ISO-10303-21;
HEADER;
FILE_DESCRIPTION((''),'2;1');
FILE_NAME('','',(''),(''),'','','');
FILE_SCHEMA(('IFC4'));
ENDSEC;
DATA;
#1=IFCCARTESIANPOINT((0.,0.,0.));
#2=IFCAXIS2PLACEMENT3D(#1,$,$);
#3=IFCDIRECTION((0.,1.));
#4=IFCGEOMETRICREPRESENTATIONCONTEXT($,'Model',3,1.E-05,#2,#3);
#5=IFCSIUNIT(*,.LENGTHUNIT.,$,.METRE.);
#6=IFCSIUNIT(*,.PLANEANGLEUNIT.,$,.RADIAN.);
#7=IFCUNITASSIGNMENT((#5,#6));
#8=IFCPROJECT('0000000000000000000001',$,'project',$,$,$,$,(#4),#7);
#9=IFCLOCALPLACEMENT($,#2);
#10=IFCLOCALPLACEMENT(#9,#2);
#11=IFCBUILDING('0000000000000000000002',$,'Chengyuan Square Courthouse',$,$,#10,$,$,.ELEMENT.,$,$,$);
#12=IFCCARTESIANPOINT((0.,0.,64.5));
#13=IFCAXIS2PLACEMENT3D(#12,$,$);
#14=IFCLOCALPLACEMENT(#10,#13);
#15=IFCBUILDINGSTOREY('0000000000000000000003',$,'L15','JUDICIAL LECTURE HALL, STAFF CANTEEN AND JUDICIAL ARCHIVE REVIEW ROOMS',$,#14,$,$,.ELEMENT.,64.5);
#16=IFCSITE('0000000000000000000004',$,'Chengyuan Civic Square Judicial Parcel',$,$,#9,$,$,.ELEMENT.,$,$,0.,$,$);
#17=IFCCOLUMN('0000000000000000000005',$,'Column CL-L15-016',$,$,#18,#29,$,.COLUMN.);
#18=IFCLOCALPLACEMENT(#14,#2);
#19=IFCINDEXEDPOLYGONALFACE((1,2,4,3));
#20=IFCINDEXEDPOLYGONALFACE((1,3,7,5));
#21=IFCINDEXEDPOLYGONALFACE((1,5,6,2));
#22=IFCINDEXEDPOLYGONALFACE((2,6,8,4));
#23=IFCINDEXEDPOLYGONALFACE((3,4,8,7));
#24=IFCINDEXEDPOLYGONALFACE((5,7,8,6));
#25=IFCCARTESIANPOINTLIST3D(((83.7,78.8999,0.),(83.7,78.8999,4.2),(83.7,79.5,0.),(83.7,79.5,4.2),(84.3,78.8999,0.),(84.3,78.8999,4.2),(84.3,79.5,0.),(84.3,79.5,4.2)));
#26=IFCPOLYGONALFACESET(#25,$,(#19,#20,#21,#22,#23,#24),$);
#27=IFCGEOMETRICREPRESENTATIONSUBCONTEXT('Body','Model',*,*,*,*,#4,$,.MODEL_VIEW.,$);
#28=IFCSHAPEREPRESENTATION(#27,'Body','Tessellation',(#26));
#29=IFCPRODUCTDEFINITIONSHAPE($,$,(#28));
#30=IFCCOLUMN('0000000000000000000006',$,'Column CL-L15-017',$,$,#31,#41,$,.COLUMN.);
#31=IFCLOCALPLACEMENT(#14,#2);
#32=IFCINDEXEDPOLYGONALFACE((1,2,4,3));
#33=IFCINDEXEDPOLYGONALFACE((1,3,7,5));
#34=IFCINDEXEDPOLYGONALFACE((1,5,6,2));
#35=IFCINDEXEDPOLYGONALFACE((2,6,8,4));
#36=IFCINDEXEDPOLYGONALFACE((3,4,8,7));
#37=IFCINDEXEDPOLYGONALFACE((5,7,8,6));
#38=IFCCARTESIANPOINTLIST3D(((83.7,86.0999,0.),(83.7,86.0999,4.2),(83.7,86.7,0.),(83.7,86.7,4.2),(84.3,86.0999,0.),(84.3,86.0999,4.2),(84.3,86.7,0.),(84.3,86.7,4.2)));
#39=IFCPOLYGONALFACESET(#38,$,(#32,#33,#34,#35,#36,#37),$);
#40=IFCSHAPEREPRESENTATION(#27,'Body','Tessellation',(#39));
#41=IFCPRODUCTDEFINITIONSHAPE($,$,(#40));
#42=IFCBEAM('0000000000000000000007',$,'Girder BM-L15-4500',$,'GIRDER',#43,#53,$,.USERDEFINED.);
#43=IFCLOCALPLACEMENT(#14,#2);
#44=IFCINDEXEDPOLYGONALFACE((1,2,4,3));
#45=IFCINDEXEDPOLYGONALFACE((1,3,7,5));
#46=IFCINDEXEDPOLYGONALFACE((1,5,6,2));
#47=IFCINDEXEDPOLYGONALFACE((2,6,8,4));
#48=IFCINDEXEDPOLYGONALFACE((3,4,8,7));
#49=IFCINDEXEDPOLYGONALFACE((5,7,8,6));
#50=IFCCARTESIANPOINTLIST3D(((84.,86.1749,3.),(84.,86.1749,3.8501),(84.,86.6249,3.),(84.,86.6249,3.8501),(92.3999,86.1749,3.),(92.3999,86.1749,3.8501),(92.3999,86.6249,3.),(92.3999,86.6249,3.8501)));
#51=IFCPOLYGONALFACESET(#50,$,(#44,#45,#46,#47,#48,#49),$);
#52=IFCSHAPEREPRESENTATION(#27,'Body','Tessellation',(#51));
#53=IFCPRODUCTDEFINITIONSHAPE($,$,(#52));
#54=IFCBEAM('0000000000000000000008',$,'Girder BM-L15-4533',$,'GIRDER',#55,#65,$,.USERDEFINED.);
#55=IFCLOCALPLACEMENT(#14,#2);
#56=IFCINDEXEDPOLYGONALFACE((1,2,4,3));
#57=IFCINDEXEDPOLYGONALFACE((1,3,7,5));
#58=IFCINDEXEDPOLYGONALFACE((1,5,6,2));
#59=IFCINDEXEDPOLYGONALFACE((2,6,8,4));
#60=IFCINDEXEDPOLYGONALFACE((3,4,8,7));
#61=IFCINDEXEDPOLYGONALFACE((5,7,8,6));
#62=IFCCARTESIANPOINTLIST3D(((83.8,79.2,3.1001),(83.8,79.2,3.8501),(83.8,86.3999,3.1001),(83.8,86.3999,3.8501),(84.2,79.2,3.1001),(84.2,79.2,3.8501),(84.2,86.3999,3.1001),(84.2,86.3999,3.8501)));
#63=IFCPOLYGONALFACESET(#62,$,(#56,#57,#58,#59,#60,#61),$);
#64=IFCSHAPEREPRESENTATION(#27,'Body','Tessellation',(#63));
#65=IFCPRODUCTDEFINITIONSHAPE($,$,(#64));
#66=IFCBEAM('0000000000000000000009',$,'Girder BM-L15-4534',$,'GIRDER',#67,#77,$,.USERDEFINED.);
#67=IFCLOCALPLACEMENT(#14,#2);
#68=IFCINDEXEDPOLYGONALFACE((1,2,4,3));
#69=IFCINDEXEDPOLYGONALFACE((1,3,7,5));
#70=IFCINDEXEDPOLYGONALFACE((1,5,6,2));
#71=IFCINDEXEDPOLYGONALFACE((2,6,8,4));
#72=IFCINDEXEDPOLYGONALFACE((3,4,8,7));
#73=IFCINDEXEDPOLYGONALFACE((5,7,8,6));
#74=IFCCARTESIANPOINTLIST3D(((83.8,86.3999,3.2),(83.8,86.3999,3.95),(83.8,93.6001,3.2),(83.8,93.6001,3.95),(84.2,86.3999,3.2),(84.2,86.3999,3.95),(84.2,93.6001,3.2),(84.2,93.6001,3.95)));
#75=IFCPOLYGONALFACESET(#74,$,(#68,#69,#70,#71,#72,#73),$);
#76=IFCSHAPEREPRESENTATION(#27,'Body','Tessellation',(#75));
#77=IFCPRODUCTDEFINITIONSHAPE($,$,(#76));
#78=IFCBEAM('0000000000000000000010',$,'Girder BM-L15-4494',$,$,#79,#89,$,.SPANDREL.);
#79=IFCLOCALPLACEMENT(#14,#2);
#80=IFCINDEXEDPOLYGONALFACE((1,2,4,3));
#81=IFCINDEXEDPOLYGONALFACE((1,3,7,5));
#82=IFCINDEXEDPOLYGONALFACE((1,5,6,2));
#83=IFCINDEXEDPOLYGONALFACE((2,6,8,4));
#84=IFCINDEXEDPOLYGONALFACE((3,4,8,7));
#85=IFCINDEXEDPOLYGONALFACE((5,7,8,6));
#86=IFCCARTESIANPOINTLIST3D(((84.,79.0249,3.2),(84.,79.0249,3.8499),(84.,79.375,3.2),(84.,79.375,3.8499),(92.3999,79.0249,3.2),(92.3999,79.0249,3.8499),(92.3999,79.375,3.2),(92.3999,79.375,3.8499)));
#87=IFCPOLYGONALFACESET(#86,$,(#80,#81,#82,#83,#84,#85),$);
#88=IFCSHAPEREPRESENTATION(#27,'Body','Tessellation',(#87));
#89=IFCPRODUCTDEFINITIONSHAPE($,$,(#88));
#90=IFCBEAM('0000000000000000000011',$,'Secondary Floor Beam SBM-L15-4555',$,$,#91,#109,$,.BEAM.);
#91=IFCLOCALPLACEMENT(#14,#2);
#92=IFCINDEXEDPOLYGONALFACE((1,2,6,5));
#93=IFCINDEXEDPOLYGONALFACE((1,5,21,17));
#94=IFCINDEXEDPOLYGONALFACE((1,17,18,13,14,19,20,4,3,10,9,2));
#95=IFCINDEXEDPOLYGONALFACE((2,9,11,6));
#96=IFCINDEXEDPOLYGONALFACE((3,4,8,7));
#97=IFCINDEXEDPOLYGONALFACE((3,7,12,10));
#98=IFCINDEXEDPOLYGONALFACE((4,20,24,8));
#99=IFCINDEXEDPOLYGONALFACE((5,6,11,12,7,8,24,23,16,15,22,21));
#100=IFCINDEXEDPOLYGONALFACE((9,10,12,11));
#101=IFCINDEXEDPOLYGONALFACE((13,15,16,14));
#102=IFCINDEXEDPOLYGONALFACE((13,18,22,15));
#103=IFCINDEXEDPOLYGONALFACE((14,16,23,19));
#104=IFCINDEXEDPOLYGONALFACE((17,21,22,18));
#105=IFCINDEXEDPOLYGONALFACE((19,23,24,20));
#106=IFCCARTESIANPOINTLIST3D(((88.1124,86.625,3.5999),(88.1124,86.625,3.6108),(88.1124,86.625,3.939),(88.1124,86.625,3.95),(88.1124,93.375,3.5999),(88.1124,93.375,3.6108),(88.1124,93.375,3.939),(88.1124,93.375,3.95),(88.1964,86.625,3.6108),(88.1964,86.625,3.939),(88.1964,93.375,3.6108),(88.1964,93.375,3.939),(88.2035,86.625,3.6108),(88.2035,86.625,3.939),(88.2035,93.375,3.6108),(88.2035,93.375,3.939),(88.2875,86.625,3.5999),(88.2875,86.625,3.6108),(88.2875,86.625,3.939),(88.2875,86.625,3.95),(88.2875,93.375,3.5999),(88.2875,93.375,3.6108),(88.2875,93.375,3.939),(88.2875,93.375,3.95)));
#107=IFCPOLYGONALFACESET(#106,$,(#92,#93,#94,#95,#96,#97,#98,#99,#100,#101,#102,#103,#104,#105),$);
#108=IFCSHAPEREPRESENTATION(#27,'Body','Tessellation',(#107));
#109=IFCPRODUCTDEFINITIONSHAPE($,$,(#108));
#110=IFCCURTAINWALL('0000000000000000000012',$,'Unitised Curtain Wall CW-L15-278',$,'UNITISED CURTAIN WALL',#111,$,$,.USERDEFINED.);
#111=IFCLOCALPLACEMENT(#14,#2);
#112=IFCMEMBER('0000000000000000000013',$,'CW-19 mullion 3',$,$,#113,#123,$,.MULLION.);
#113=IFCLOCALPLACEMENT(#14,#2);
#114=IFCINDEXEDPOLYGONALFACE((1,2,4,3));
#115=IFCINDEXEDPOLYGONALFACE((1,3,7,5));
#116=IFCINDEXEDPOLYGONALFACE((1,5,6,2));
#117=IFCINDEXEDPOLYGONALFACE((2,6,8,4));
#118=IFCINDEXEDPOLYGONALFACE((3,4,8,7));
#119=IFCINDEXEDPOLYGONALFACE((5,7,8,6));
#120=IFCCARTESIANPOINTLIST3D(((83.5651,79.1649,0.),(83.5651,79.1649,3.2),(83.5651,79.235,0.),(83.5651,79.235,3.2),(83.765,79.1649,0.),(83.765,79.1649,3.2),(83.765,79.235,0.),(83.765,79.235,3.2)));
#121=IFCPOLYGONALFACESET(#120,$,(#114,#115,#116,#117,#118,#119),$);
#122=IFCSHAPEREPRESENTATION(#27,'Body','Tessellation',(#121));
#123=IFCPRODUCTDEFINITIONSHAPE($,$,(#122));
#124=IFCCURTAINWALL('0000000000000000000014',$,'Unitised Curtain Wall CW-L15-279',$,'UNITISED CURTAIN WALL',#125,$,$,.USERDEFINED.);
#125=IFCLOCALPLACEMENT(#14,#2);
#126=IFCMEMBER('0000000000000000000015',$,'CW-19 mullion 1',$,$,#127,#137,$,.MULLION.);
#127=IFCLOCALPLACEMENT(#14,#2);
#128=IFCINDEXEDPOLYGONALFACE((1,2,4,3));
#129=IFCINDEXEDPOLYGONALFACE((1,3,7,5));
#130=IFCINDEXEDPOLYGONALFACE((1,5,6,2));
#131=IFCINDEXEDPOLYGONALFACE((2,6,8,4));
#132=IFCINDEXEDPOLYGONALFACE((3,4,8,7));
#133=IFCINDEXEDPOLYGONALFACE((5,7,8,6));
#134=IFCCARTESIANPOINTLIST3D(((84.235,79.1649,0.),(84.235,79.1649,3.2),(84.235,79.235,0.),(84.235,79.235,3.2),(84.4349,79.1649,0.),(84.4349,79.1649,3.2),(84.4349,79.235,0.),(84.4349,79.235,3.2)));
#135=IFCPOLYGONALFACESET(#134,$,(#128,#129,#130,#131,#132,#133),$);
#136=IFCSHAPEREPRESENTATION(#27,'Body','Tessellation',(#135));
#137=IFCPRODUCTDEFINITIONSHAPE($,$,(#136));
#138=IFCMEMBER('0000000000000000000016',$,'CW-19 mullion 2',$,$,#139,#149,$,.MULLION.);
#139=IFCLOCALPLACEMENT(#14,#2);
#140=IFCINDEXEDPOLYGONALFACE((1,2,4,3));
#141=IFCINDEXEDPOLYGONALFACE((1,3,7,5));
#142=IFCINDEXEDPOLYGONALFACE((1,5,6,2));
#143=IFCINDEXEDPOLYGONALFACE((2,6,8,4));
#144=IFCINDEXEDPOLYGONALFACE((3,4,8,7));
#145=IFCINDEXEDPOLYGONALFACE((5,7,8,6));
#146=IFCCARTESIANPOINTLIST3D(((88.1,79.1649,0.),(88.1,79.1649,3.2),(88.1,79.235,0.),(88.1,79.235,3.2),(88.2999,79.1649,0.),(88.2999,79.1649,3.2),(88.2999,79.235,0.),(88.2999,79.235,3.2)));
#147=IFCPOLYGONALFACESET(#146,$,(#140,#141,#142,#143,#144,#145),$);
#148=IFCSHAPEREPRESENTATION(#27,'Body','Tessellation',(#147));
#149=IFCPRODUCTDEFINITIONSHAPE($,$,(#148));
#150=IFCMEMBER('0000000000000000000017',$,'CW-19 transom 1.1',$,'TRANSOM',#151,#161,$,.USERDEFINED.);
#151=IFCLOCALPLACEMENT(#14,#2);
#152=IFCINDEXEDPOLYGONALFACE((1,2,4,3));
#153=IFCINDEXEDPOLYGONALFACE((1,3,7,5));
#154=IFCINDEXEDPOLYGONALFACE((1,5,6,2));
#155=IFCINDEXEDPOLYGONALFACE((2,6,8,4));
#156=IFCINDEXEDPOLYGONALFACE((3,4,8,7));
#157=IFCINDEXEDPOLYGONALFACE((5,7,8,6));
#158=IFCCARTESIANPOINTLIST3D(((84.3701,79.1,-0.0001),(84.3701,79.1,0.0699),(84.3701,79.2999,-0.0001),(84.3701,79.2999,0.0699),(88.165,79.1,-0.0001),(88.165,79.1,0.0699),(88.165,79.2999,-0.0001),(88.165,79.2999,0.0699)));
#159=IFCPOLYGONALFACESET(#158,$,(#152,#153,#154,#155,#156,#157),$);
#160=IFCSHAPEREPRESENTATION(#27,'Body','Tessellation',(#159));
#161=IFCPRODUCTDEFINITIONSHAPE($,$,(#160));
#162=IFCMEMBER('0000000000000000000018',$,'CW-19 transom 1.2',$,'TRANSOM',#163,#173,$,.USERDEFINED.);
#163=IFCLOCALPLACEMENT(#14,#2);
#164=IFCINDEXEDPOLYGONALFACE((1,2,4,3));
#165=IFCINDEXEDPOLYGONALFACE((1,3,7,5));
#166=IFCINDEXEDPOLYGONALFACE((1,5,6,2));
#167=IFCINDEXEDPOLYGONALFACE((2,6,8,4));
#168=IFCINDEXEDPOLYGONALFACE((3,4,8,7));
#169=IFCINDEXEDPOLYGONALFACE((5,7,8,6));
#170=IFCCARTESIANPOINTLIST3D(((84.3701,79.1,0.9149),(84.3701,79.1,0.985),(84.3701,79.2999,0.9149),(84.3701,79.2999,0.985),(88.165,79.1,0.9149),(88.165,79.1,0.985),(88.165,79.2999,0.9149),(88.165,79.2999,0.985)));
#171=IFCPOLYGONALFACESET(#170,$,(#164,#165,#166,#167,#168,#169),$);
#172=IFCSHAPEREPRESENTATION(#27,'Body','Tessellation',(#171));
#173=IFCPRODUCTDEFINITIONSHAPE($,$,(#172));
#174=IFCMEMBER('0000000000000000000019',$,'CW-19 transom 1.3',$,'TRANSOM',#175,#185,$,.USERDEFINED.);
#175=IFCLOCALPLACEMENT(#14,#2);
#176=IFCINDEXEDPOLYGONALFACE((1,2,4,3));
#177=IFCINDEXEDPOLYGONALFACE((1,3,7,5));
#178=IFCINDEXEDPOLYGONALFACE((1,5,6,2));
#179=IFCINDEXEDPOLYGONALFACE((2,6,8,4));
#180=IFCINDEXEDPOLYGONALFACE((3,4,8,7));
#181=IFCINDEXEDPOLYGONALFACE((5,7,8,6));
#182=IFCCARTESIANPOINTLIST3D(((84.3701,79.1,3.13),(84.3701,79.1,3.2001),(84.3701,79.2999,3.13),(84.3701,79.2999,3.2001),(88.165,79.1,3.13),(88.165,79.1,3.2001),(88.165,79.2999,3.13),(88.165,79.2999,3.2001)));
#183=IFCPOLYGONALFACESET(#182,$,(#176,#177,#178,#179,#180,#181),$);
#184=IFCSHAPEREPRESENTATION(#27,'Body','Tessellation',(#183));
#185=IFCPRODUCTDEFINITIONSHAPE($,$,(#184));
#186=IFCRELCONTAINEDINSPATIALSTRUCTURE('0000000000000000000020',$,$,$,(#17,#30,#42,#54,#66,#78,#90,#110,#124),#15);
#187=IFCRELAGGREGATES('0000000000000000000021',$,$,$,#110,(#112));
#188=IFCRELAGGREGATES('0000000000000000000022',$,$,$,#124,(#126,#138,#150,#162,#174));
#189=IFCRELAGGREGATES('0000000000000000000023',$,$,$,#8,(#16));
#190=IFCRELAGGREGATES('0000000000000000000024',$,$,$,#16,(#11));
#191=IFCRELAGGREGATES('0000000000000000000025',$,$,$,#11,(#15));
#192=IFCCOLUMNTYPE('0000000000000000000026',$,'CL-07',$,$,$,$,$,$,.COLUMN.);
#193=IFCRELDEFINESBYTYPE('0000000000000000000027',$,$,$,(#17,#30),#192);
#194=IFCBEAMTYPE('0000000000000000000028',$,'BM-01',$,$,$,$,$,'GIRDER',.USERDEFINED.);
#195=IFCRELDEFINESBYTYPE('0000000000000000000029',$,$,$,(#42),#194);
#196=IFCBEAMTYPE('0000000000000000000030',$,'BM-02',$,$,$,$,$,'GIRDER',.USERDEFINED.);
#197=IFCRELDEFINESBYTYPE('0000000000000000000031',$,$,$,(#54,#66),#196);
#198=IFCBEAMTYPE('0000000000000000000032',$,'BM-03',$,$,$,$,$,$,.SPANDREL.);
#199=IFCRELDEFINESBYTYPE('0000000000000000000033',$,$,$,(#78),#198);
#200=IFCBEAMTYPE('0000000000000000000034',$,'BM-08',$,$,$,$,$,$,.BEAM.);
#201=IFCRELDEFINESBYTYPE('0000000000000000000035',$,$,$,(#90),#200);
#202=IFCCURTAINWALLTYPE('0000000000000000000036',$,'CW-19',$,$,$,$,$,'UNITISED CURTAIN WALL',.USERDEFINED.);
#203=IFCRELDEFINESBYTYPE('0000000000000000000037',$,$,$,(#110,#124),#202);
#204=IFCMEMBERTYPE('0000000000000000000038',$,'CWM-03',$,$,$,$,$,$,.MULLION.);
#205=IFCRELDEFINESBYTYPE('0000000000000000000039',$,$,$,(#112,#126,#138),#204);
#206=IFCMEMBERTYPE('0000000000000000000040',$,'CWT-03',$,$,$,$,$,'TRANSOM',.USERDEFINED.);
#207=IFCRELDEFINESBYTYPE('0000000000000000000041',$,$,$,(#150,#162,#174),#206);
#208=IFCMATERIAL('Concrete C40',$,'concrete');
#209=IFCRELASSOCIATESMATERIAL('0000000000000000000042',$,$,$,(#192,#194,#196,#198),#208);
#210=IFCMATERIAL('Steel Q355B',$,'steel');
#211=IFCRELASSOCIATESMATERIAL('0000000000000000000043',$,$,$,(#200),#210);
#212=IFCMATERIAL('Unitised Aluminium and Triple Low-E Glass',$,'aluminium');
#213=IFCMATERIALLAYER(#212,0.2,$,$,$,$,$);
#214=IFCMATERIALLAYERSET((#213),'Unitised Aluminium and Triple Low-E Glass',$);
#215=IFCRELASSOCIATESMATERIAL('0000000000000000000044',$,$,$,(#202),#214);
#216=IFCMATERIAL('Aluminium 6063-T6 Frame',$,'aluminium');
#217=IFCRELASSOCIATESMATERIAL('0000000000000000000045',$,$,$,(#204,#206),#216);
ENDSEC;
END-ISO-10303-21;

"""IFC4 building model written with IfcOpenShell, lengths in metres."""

from ifc_helpers import new_model, si_unit, direction, frame, origin, origin_2d, place, context, subcontext, project, spatial, rectangle, i_section, extrude, material, layer, layer_set, material_profile, profile_set, type_object, element, aggregate, save


model = new_model("IFC4")

# Units and contexts
model_context = context("Model", 3, precision=1e-05, world=origin(), true_north=direction((0.0, 1.0)))
body_context = subcontext(model_context, "Body", "Model", "MODEL_VIEW")
ifc_project = project(units=[si_unit("LENGTHUNIT", "METRE"), si_unit("PLANEANGLEUNIT", "RADIAN")], contexts=[model_context])

# Site, building, storey
site_placement = place(None, origin())
site = spatial("IfcSite", under=ifc_project, at=site_placement, Name="Chengyuan Civic Square Judicial Parcel", CompositionType="ELEMENT", RefElevation=0.0)
building_placement = place(site_placement, origin())
building = spatial("IfcBuilding", under=site, at=building_placement, Name="Chengyuan Square Courthouse", CompositionType="ELEMENT")
storey_placement = place(building_placement, frame((0.0, 0.0, 64.5)))
storey = spatial("IfcBuildingStorey", under=building, at=storey_placement, Name="L15", Description="JUDICIAL LECTURE HALL, STAFF CANTEEN AND JUDICIAL ARCHIVE REVIEW ROOMS", CompositionType="ELEMENT", Elevation=64.5)

# Columns
ifc_material_1 = material(Name="Concrete C40", Category="concrete")
ifc_material_profile_1 = material_profile(ifc_material_1, rectangle(XDim=0.6001, YDim=0.6001, at=origin_2d()), Name="RC-COL-600x600")
ifc_profile_set_1 = profile_set([ifc_material_profile_1], Name="Concrete C40")
column_type = type_object("IfcColumnType", Name="CL-07", PredefinedType="COLUMN", material=ifc_profile_set_1)
for number, where, z_axis, x_axis, name in (
    (1, (84.0, 79.2, 0.0), (0.0, 0.0, 1.0), (1.0, 0.0, 0.0), "Column CL-L15-016"),
    (2, (84.0, 86.3999, 0.0), (0.0, 0.0, 1.0), (1.0, 0.0, 0.0), "Column CL-L15-017"),
):
    element("IfcColumn", number, at=place(storey_placement, frame(where, z_axis=z_axis, x_axis=x_axis)), inside=storey, type_object=column_type, Name=name, PredefinedType="COLUMN", context=body_context, shape_type="SweptSolid", body=[
        extrude(rectangle(XDim=0.6001, YDim=0.6001, at=origin_2d()), origin(), (0.0, 0.0, 1.0), 4.2),
    ])

# Beams
ifc_material_profile_2 = material_profile(ifc_material_1, rectangle(XDim=0.45, YDim=0.8501, at=origin_2d()), Name="RC-BM-450x850")
ifc_profile_set_2 = profile_set([ifc_material_profile_2], Name="Concrete C40")
beam_type_1 = type_object("IfcBeamType", Name="BM-01", ElementType="GIRDER", PredefinedType="USERDEFINED", material=ifc_profile_set_2)
beam_1_placement = place(storey_placement, frame((84.0, 86.3999, 3.425), z_axis=(1.0, 0.0, 0.0), x_axis=(0.0, 1.0, 0.0)))
element("IfcBeam", 3, at=beam_1_placement, inside=storey, type_object=beam_type_1, Name="Girder BM-L15-4500", ObjectType="GIRDER", PredefinedType="USERDEFINED", context=body_context, shape_type="SweptSolid", body=[
    extrude(rectangle(XDim=0.45, YDim=0.8501, at=origin_2d()), origin(), (0.0, 0.0, 1.0), 8.3999),
])
ifc_material_profile_3 = material_profile(ifc_material_1, rectangle(XDim=0.3999, YDim=0.75, at=origin_2d()), Name="RC-BM-400x750")
ifc_profile_set_3 = profile_set([ifc_material_profile_3], Name="Concrete C40")
beam_type_2 = type_object("IfcBeamType", Name="BM-02", ElementType="GIRDER", PredefinedType="USERDEFINED", material=ifc_profile_set_3)
beam_2_placement = place(storey_placement, frame((84.0, 79.2, 3.4751), z_axis=(0.0, 1.0, 0.0), x_axis=(-1.0, 0.0, 0.0)))
element("IfcBeam", 4, at=beam_2_placement, inside=storey, type_object=beam_type_2, Name="Girder BM-L15-4533", ObjectType="GIRDER", PredefinedType="USERDEFINED", context=body_context, shape_type="SweptSolid", body=[
    extrude(rectangle(XDim=0.3999, YDim=0.75, at=origin_2d()), origin(), (0.0, 0.0, 1.0), 7.2),
])
beam_3_placement = place(storey_placement, frame((84.0, 86.3999, 3.575), z_axis=(0.0, 1.0, 0.0), x_axis=(-1.0, 0.0, 0.0)))
element("IfcBeam", 5, at=beam_3_placement, inside=storey, type_object=beam_type_2, Name="Girder BM-L15-4534", ObjectType="GIRDER", PredefinedType="USERDEFINED", context=body_context, shape_type="SweptSolid", body=[
    extrude(rectangle(XDim=0.3999, YDim=0.75, at=origin_2d()), origin(), (0.0, 0.0, 1.0), 7.2002),
])
ifc_material_profile_4 = material_profile(ifc_material_1, rectangle(XDim=0.3501, YDim=0.6499, at=origin_2d()), Name="RC-BM-350x650")
ifc_profile_set_4 = profile_set([ifc_material_profile_4], Name="Concrete C40")
beam_type_3 = type_object("IfcBeamType", Name="BM-03", PredefinedType="SPANDREL", material=ifc_profile_set_4)
beam_4_placement = place(storey_placement, frame((84.0, 79.2, 3.5249), z_axis=(1.0, 0.0, 0.0), x_axis=(0.0, 1.0, 0.0)))
element("IfcBeam", 6, at=beam_4_placement, inside=storey, type_object=beam_type_3, Name="Girder BM-L15-4494", PredefinedType="SPANDREL", context=body_context, shape_type="SweptSolid", body=[
    extrude(rectangle(XDim=0.3501, YDim=0.6499, at=origin_2d()), origin(), (0.0, 0.0, 1.0), 8.3999),
])
ifc_material_2 = material(Name="Steel Q355B", Category="steel")
ifc_material_profile_5 = material_profile(ifc_material_2, i_section(OverallWidth=0.175, OverallDepth=0.3501, WebThickness=0.0071, FlangeThickness=0.011, at=origin_2d()), Name="HN 350x175x7x11")
ifc_profile_set_5 = profile_set([ifc_material_profile_5], Name="Steel Q355B")
beam_type_4 = type_object("IfcBeamType", Name="BM-08", PredefinedType="BEAM", material=ifc_profile_set_5)
beam_5_placement = place(storey_placement, frame((88.2, 86.625, 3.7749), z_axis=(0.0, 1.0, 0.0), x_axis=(-1.0, 0.0, 0.0)))
element("IfcBeam", 7, at=beam_5_placement, inside=storey, type_object=beam_type_4, Name="Secondary Floor Beam SBM-L15-4555", PredefinedType="BEAM", context=body_context, shape_type="SweptSolid", body=[
    extrude(i_section(OverallWidth=0.175, OverallDepth=0.3501, WebThickness=0.0071, FlangeThickness=0.011, at=origin_2d()), origin(), (0.0, 0.0, 1.0), 6.75),
])

# Curtain wall, member
ifc_material_3 = material(Name="Unitised Aluminium and Triple Low-E Glass", Category="aluminium")
ifc_layer_1 = layer(ifc_material_3, 0.2)
ifc_layer_set_1 = layer_set([ifc_layer_1], Name="Unitised Aluminium and Triple Low-E Glass")
curtain_wall_type = type_object("IfcCurtainWallType", Name="CW-19", ElementType="UNITISED CURTAIN WALL", PredefinedType="USERDEFINED", material=ifc_layer_set_1)
curtain_wall_1_placement = place(storey_placement, origin())
curtain_wall_1 = element("IfcCurtainWall", 8, at=curtain_wall_1_placement, inside=storey, type_object=curtain_wall_type, Name="Unitised Curtain Wall CW-L15-278", ObjectType="UNITISED CURTAIN WALL", PredefinedType="USERDEFINED")
ifc_material_4 = material(Name="Aluminium 6063-T6 Frame", Category="aluminium")
ifc_material_profile_6 = material_profile(ifc_material_4, rectangle(XDim=0.0701, YDim=0.2, at=origin_2d()), Name="CW-MUL-70x200")
ifc_profile_set_6 = profile_set([ifc_material_profile_6], Name="Aluminium 6063-T6 Frame")
member_type_1 = type_object("IfcMemberType", Name="CWM-03", PredefinedType="MULLION", material=ifc_profile_set_6)
member_1_placement = place(storey_placement, frame((83.665, 79.2, 0.0), z_axis=(0.0, 0.0, 1.0), x_axis=(0.0, 1.0, 0.0)))
member_1 = element("IfcMember", 9, at=member_1_placement, type_object=member_type_1, Name="CW-19 mullion 3", PredefinedType="MULLION", context=body_context, shape_type="SweptSolid", body=[
    extrude(rectangle(XDim=0.0701, YDim=0.2, at=origin_2d()), origin(), (0.0, 0.0, 1.0), 3.2),
])
aggregate(curtain_wall_1, [member_1])

# Curtain wall, members
curtain_wall_2_placement = place(storey_placement, origin())
curtain_wall_2 = element("IfcCurtainWall", 10, at=curtain_wall_2_placement, inside=storey, type_object=curtain_wall_type, Name="Unitised Curtain Wall CW-L15-279", ObjectType="UNITISED CURTAIN WALL", PredefinedType="USERDEFINED")
member_2_placement = place(storey_placement, frame((84.335, 79.2, 0.0), z_axis=(0.0, 0.0, 1.0), x_axis=(0.0, 1.0, 0.0)))
member_2 = element("IfcMember", 11, at=member_2_placement, type_object=member_type_1, Name="CW-19 mullion 1", PredefinedType="MULLION", context=body_context, shape_type="SweptSolid", body=[
    extrude(rectangle(XDim=0.0701, YDim=0.2, at=origin_2d()), origin(), (0.0, 0.0, 1.0), 3.2),
])
member_3_placement = place(storey_placement, frame((88.2, 79.2, 0.0), z_axis=(0.0, 0.0, 1.0), x_axis=(0.0, 1.0, 0.0)))
member_3 = element("IfcMember", 12, at=member_3_placement, type_object=member_type_1, Name="CW-19 mullion 2", PredefinedType="MULLION", context=body_context, shape_type="SweptSolid", body=[
    extrude(rectangle(XDim=0.0701, YDim=0.2, at=origin_2d()), origin(), (0.0, 0.0, 1.0), 3.2),
])
ifc_material_profile_7 = material_profile(ifc_material_4, rectangle(XDim=0.2, YDim=0.0701, at=origin_2d()), Name="CW-TRN-70x160")
ifc_profile_set_7 = profile_set([ifc_material_profile_7], Name="Aluminium 6063-T6 Frame")
member_type_2 = type_object("IfcMemberType", Name="CWT-03", ElementType="TRANSOM", PredefinedType="USERDEFINED", material=ifc_profile_set_7)
member_4_placement = place(storey_placement, frame((84.3701, 79.2, 0.0349), z_axis=(1.0, 0.0, 0.0), x_axis=(0.0, 1.0, 0.0)))
member_4 = element("IfcMember", 13, at=member_4_placement, type_object=member_type_2, Name="CW-19 transom 1.1", ObjectType="TRANSOM", PredefinedType="USERDEFINED", context=body_context, shape_type="SweptSolid", body=[
    extrude(rectangle(XDim=0.2, YDim=0.0701, at=origin_2d()), origin(), (0.0, 0.0, 1.0), 3.7949),
])
member_5_placement = place(storey_placement, frame((84.3701, 79.2, 0.95), z_axis=(1.0, 0.0, 0.0), x_axis=(0.0, 1.0, 0.0)))
member_5 = element("IfcMember", 14, at=member_5_placement, type_object=member_type_2, Name="CW-19 transom 1.2", ObjectType="TRANSOM", PredefinedType="USERDEFINED", context=body_context, shape_type="SweptSolid", body=[
    extrude(rectangle(XDim=0.2, YDim=0.0701, at=origin_2d()), origin(), (0.0, 0.0, 1.0), 3.7949),
])
member_6_placement = place(storey_placement, frame((84.3701, 79.2, 3.165), z_axis=(1.0, 0.0, 0.0), x_axis=(0.0, 1.0, 0.0)))
member_6 = element("IfcMember", 15, at=member_6_placement, type_object=member_type_2, Name="CW-19 transom 1.3", ObjectType="TRANSOM", PredefinedType="USERDEFINED", context=body_context, shape_type="SweptSolid", body=[
    extrude(rectangle(XDim=0.2, YDim=0.0701, at=origin_2d()), origin(), (0.0, 0.0, 1.0), 3.7949),
])
aggregate(curtain_wall_2, [member_2, member_3, member_4, member_5, member_6])

save(model, "model.ifc")
